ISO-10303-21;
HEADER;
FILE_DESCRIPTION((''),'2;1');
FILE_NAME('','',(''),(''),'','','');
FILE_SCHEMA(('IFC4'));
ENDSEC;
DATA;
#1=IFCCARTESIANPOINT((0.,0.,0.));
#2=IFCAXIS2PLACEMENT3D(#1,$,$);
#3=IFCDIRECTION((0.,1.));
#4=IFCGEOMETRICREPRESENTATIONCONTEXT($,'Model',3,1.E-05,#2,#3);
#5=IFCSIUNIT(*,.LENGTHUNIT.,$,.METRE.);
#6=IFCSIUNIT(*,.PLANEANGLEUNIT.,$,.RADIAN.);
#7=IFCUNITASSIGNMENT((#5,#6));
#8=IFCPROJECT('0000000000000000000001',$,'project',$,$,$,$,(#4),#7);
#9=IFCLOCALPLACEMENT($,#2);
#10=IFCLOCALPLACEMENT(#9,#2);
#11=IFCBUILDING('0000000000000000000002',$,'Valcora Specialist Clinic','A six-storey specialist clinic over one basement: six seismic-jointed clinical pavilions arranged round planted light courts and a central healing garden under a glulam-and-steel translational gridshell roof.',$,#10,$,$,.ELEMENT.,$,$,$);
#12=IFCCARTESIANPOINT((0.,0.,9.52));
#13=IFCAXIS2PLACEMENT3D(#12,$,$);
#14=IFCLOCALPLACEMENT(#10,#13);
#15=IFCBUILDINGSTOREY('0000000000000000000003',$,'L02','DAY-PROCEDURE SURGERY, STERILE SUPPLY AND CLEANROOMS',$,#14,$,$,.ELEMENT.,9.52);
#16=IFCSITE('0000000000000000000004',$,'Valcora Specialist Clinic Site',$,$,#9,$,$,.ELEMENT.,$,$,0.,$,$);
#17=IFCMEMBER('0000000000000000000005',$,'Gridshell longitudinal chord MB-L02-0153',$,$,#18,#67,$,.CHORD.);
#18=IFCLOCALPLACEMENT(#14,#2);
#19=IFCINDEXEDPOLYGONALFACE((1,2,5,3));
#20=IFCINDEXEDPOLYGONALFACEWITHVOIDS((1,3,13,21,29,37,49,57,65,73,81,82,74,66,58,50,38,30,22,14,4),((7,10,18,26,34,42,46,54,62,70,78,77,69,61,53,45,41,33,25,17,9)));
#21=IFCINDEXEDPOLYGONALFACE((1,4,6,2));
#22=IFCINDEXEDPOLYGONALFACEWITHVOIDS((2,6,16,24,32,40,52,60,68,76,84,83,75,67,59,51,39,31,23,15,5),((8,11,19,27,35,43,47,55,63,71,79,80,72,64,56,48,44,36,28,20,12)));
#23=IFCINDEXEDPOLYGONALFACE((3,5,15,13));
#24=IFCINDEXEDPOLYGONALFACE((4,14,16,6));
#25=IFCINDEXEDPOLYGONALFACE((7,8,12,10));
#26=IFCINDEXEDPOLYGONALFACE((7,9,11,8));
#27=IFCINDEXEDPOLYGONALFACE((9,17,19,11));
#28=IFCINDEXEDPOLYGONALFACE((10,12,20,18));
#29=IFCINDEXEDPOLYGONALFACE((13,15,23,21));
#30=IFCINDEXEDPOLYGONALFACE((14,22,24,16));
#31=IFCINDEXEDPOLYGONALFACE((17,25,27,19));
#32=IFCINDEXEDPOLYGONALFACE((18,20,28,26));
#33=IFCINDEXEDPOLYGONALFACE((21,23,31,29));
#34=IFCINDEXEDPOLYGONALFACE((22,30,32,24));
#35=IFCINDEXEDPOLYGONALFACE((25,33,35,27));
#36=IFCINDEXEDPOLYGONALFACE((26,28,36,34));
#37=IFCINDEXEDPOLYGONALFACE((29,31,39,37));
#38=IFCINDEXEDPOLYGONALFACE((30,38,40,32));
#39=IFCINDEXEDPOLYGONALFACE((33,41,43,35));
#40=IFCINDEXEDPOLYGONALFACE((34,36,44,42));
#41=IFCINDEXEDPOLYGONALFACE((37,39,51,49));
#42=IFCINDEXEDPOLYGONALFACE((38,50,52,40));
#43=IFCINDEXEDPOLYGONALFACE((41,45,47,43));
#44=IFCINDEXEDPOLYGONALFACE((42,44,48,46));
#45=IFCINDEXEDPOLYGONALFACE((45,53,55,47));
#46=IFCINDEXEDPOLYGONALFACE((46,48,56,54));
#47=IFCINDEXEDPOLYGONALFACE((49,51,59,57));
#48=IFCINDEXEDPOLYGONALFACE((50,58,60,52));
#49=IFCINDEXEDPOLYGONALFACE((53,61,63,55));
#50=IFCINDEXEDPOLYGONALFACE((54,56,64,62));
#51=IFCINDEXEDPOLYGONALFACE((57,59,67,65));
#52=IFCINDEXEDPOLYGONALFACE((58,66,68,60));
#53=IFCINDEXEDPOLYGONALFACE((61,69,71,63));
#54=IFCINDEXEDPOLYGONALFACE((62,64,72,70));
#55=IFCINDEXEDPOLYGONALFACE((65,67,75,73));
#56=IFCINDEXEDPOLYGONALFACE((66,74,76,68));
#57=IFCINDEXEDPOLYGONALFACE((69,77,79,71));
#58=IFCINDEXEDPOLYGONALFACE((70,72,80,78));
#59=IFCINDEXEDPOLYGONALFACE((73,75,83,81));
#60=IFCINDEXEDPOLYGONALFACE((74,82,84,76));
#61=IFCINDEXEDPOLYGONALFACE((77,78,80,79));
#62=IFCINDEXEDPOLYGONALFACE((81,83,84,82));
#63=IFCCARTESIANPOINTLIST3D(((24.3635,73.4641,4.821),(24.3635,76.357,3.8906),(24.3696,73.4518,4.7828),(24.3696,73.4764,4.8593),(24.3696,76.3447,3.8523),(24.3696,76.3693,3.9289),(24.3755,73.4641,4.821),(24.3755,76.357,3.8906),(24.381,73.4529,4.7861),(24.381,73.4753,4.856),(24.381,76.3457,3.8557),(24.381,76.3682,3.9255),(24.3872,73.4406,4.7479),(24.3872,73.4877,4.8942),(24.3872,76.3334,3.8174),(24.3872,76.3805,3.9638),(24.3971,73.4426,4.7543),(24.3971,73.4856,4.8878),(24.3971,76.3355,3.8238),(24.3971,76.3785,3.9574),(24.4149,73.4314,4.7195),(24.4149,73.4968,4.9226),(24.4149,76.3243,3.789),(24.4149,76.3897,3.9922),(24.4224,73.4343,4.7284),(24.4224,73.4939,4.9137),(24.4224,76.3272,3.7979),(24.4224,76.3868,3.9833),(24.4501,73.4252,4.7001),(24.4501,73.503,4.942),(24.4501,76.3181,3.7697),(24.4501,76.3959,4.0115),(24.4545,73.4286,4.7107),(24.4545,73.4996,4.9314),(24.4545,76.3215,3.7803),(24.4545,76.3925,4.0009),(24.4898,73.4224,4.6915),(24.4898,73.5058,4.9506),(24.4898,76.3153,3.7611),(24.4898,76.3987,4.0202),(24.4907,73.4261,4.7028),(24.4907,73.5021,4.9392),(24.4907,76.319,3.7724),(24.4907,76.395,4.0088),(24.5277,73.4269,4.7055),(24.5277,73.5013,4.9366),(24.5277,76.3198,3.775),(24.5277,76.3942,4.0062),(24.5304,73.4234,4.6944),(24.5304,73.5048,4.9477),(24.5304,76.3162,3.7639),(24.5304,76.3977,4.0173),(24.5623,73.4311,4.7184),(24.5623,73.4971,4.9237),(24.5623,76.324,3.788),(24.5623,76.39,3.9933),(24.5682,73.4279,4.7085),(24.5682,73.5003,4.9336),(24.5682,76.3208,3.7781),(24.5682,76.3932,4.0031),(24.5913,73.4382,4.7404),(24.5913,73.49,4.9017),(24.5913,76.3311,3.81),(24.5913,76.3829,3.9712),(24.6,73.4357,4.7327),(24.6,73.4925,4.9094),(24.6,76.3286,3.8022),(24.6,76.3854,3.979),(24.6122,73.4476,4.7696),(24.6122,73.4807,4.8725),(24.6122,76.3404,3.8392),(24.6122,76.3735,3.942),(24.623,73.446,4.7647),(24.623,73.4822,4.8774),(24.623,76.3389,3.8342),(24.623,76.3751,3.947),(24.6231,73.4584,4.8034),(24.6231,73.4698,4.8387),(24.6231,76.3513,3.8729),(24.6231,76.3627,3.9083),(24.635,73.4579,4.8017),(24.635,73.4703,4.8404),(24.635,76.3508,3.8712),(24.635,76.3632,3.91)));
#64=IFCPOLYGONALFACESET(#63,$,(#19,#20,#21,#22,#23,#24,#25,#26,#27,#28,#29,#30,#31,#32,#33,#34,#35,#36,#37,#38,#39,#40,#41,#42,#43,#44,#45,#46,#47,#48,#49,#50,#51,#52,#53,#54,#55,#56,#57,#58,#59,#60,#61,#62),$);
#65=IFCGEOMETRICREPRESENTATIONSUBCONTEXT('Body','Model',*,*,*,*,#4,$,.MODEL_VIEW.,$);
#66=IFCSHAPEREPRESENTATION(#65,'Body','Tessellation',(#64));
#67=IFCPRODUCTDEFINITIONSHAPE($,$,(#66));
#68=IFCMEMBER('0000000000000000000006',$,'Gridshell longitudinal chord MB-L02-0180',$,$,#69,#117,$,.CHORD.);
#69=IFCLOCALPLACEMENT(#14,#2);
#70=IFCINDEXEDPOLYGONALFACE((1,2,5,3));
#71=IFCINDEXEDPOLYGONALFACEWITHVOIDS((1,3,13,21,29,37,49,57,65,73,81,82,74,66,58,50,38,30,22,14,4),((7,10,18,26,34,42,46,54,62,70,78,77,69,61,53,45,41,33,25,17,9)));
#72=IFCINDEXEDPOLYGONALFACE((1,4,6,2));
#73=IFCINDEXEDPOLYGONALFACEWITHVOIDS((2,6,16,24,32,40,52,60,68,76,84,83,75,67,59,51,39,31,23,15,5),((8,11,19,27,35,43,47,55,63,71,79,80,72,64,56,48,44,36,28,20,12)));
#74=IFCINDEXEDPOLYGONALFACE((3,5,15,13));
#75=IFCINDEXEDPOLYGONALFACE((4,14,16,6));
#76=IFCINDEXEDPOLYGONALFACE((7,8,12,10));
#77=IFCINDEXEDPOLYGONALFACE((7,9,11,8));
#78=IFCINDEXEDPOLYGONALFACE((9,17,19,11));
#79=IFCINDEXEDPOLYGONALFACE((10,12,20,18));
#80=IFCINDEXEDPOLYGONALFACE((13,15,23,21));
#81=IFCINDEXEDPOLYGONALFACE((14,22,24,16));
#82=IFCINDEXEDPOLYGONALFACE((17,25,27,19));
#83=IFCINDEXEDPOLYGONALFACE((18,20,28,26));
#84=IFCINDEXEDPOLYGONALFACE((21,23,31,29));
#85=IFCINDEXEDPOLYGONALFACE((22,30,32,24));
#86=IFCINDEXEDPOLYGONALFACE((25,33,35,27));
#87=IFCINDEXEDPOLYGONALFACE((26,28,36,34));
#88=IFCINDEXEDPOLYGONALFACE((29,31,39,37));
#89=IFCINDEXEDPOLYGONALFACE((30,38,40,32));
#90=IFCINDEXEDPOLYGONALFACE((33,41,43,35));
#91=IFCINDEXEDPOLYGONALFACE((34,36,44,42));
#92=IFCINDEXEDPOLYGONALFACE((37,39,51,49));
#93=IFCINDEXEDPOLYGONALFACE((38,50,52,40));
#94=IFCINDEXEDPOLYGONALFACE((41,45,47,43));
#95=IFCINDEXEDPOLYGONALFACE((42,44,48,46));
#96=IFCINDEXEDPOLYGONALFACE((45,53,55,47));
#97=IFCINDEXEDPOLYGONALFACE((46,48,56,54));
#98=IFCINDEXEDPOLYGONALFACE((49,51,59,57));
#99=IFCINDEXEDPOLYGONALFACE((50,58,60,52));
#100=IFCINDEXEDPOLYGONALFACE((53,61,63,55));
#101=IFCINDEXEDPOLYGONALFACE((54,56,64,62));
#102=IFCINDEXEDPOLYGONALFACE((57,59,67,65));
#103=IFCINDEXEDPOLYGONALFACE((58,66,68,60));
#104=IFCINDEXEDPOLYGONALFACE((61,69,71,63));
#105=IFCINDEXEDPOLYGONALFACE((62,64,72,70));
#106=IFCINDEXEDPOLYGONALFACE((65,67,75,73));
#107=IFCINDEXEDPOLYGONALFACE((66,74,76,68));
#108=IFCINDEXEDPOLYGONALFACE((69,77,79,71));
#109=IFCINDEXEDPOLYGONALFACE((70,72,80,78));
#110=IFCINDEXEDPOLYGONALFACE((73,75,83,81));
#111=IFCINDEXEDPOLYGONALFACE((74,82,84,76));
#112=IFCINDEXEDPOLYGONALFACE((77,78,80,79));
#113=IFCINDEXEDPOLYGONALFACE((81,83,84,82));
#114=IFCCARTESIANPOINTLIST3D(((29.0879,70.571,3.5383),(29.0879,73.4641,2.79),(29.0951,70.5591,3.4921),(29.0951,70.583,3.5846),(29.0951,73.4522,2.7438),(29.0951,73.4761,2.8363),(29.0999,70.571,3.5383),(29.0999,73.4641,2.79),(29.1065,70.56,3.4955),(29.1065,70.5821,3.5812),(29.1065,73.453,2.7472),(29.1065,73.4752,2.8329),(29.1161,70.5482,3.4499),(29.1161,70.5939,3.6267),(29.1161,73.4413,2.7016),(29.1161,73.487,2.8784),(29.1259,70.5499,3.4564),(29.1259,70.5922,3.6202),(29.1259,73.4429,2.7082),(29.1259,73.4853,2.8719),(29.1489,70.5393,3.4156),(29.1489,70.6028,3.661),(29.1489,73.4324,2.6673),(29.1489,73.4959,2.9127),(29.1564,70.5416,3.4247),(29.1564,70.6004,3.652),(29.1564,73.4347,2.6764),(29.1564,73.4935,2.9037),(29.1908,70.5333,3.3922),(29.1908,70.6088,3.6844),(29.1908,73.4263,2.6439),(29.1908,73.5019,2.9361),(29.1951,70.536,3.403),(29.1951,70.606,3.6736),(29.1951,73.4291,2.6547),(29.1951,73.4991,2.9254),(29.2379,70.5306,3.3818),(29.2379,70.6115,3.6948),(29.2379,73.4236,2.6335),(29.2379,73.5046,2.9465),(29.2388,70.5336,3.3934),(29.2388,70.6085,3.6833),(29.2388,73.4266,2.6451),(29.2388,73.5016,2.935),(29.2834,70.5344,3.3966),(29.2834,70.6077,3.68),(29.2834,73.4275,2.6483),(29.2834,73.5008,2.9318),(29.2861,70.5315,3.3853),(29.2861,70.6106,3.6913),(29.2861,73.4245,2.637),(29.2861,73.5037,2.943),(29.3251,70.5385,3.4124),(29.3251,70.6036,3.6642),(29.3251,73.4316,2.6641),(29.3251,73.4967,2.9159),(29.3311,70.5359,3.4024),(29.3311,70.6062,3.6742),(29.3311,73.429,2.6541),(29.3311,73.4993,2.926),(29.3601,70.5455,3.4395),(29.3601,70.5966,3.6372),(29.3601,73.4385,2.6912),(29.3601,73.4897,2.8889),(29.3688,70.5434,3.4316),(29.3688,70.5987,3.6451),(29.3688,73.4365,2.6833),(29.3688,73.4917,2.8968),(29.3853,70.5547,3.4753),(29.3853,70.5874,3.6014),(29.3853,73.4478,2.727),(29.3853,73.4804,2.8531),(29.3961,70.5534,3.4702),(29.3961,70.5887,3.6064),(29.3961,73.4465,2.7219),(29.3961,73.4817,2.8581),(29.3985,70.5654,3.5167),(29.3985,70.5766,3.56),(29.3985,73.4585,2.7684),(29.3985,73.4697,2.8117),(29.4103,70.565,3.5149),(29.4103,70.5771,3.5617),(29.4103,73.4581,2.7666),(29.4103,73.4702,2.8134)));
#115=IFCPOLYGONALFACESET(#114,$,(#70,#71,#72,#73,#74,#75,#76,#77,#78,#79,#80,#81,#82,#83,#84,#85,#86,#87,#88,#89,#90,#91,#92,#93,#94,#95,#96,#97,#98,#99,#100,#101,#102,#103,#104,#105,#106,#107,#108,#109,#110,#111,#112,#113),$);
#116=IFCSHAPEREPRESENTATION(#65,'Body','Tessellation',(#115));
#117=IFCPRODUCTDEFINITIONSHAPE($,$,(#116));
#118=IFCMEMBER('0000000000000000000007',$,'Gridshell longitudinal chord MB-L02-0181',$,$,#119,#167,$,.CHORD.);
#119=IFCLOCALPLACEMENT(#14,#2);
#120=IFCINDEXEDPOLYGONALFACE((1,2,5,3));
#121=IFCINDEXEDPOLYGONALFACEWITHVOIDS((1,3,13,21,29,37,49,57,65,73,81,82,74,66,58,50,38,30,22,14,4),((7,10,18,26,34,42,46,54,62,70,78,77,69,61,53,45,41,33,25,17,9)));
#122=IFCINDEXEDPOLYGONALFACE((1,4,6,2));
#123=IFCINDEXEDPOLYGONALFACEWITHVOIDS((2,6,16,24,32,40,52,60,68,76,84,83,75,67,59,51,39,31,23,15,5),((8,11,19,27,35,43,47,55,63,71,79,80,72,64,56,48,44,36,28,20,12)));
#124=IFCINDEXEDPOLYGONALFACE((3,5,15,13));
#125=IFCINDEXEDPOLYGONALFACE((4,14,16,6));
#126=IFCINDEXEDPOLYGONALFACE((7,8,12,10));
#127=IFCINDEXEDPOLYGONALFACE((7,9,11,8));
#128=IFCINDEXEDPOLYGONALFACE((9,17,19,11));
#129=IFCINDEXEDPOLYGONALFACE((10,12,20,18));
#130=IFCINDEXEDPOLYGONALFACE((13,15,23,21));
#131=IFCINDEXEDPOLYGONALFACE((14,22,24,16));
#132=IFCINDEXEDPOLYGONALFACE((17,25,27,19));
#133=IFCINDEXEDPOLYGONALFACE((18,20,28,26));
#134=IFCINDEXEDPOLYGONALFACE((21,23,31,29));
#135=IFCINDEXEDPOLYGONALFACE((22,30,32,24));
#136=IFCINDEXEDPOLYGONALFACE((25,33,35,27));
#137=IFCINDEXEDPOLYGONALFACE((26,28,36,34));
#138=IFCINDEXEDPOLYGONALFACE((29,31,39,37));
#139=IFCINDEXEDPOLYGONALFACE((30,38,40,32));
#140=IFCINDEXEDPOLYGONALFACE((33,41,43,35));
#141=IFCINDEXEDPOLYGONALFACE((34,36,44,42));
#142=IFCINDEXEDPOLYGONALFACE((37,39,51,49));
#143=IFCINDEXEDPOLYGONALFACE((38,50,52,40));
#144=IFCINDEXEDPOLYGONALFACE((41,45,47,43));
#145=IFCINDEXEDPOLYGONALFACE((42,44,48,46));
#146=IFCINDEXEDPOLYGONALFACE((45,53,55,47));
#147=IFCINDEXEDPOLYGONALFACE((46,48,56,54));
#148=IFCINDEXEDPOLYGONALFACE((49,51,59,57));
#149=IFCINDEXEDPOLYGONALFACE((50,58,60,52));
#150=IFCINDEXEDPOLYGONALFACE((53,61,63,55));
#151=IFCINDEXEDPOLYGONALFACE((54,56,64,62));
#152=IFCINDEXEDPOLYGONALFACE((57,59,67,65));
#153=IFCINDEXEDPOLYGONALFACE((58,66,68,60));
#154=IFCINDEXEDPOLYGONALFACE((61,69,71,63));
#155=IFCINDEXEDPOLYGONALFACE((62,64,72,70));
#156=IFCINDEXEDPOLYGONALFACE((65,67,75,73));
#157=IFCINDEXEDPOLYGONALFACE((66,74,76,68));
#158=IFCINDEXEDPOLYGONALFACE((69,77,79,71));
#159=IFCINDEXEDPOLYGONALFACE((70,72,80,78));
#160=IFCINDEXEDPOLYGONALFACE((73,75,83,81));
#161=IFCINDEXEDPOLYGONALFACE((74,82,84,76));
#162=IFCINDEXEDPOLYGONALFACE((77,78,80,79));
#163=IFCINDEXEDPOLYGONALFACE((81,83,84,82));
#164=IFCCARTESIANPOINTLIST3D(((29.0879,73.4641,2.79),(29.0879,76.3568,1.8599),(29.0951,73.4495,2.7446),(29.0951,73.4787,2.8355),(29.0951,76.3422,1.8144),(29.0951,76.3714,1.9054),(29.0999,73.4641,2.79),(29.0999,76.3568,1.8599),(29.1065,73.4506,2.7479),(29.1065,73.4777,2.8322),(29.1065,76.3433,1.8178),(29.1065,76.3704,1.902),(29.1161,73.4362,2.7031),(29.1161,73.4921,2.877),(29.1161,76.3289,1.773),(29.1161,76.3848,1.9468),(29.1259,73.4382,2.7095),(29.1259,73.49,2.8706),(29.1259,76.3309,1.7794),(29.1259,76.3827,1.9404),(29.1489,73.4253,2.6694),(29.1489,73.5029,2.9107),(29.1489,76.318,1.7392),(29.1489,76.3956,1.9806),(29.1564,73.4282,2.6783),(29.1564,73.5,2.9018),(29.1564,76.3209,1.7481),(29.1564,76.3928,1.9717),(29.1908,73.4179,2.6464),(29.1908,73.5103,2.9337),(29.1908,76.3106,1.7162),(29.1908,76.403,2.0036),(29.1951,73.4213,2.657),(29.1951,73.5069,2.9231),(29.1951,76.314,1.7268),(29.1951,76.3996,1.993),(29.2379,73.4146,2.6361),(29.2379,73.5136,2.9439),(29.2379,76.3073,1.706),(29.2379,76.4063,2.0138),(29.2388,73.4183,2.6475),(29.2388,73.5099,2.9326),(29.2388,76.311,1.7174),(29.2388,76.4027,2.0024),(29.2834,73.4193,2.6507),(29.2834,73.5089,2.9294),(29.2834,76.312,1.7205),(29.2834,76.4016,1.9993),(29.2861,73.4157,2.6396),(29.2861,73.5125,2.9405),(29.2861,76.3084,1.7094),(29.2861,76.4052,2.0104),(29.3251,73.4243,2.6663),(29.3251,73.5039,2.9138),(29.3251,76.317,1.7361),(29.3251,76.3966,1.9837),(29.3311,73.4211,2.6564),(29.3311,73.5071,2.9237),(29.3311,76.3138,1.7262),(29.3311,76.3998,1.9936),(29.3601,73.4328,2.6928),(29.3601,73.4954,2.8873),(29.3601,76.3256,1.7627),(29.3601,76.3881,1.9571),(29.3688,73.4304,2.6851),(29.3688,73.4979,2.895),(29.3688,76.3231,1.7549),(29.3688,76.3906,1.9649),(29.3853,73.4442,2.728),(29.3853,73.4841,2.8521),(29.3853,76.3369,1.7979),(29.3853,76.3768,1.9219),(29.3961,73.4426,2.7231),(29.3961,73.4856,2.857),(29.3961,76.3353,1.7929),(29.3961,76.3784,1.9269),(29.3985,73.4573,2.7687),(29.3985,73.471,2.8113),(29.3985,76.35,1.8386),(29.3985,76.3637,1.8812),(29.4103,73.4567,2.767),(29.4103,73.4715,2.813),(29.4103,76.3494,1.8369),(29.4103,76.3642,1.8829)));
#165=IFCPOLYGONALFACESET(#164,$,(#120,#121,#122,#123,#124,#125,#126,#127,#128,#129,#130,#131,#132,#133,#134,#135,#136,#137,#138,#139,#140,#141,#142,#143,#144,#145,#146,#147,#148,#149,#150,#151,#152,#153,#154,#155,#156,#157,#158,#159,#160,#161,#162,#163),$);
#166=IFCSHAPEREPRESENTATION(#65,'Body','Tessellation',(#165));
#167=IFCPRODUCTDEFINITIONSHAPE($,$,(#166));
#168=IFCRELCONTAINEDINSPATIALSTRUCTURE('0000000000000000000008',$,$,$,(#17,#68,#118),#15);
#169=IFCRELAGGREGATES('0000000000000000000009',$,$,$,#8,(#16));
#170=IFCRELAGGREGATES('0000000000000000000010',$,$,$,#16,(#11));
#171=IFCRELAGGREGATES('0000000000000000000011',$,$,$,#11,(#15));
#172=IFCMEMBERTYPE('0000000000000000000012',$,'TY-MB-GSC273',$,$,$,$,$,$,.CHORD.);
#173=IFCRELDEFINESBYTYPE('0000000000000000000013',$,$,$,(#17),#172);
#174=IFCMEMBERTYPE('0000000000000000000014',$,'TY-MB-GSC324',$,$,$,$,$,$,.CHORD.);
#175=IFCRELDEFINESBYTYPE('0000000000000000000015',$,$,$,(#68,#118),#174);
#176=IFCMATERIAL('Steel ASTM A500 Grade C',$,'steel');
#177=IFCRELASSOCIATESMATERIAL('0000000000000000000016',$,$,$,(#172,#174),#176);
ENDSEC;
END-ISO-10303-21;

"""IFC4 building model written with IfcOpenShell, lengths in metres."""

from ifc_helpers import new_model, si_unit, direction, frame, origin, origin_2d, place, context, subcontext, project, spatial, hollow_circle, extrude, material, material_profile, profile_set, type_object, element, save


model = new_model("IFC4")

# Units and contexts
model_context = context("Model", 3, precision=1e-05, world=origin(), true_north=direction((0.0, 1.0)))
body_context = subcontext(model_context, "Body", "Model", "MODEL_VIEW")
ifc_project = project(units=[si_unit("LENGTHUNIT", "METRE"), si_unit("PLANEANGLEUNIT", "RADIAN")], contexts=[model_context])

# Site, building, storey
site_placement = place(None, origin())
site = spatial("IfcSite", under=ifc_project, at=site_placement, Name="Valcora Specialist Clinic Site", CompositionType="ELEMENT", RefElevation=0.0)
building_placement = place(site_placement, origin())
building = spatial("IfcBuilding", under=site, at=building_placement, Name="Valcora Specialist Clinic", Description="A six-storey specialist clinic over one basement: six seismic-jointed clinical pavilions arranged round planted light courts and a central healing garden under a glulam-and-steel translational gridshell roof.", CompositionType="ELEMENT")
storey_placement = place(building_placement, frame((0.0, 0.0, 9.52)))
storey = spatial("IfcBuildingStorey", under=building, at=storey_placement, Name="L02", Description="DAY-PROCEDURE SURGERY, STERILE SUPPLY AND CLEANROOMS", CompositionType="ELEMENT", Elevation=9.52)

# Members
ifc_material_1 = material(Name="Steel ASTM A500 Grade C", Category="steel")
ifc_material_profile_1 = material_profile(ifc_material_1, hollow_circle(Radius=0.1365, WallThickness=0.012, at=origin_2d()), Name="ST-CHS-273X12")
ifc_profile_set_1 = profile_set([ifc_material_profile_1], Name="Steel ASTM A500 Grade C")
member_type_1 = type_object("IfcMemberType", Name="TY-MB-GSC273", PredefinedType="CHORD", material=ifc_profile_set_1)
member_1_placement = place(storey_placement, frame((24.5, 73.4641, 4.821), z_axis=(0.0, 0.951973, -0.306183), x_axis=(-1.0, 0.0, 0.0)))
element("IfcMember", 1, at=member_1_placement, inside=storey, type_object=member_type_1, Name="Gridshell longitudinal chord MB-L02-0153", PredefinedType="CHORD", context=body_context, shape_type="SweptSolid", body=[
    extrude(hollow_circle(Radius=0.1365, WallThickness=0.012, at=origin_2d()), origin(), (0.0, 0.0, 1.0), 3.0388),
])
ifc_material_profile_2 = material_profile(ifc_material_1, hollow_circle(Radius=0.1621, WallThickness=0.012, at=origin_2d()), Name="ST-CHS-324X12")
ifc_profile_set_2 = profile_set([ifc_material_profile_2], Name="Steel ASTM A500 Grade C")
member_type_2 = type_object("IfcMemberType", Name="TY-MB-GSC324", PredefinedType="CHORD", material=ifc_profile_set_2)
member_2_placement = place(storey_placement, frame((29.25, 70.571, 3.5383), z_axis=(0.0, 0.96814, -0.250409), x_axis=(-1.0, 0.0, 0.0)))
element("IfcMember", 2, at=member_2_placement, inside=storey, type_object=member_type_2, Name="Gridshell longitudinal chord MB-L02-0180", PredefinedType="CHORD", context=body_context, shape_type="SweptSolid", body=[
    extrude(hollow_circle(Radius=0.1621, WallThickness=0.012, at=origin_2d()), origin(), (0.0, 0.0, 1.0), 2.9883),
])
member_3_placement = place(storey_placement, frame((29.25, 73.4641, 2.79), z_axis=(0.0, 0.951996, -0.306111), x_axis=(-1.0, 0.0, 0.0)))
element("IfcMember", 3, at=member_3_placement, inside=storey, type_object=member_type_2, Name="Gridshell longitudinal chord MB-L02-0181", PredefinedType="CHORD", context=body_context, shape_type="SweptSolid", body=[
    extrude(hollow_circle(Radius=0.1621, WallThickness=0.012, at=origin_2d()), origin(), (0.0, 0.0, 1.0), 3.0386),
])

save(model, "model.ifc")
